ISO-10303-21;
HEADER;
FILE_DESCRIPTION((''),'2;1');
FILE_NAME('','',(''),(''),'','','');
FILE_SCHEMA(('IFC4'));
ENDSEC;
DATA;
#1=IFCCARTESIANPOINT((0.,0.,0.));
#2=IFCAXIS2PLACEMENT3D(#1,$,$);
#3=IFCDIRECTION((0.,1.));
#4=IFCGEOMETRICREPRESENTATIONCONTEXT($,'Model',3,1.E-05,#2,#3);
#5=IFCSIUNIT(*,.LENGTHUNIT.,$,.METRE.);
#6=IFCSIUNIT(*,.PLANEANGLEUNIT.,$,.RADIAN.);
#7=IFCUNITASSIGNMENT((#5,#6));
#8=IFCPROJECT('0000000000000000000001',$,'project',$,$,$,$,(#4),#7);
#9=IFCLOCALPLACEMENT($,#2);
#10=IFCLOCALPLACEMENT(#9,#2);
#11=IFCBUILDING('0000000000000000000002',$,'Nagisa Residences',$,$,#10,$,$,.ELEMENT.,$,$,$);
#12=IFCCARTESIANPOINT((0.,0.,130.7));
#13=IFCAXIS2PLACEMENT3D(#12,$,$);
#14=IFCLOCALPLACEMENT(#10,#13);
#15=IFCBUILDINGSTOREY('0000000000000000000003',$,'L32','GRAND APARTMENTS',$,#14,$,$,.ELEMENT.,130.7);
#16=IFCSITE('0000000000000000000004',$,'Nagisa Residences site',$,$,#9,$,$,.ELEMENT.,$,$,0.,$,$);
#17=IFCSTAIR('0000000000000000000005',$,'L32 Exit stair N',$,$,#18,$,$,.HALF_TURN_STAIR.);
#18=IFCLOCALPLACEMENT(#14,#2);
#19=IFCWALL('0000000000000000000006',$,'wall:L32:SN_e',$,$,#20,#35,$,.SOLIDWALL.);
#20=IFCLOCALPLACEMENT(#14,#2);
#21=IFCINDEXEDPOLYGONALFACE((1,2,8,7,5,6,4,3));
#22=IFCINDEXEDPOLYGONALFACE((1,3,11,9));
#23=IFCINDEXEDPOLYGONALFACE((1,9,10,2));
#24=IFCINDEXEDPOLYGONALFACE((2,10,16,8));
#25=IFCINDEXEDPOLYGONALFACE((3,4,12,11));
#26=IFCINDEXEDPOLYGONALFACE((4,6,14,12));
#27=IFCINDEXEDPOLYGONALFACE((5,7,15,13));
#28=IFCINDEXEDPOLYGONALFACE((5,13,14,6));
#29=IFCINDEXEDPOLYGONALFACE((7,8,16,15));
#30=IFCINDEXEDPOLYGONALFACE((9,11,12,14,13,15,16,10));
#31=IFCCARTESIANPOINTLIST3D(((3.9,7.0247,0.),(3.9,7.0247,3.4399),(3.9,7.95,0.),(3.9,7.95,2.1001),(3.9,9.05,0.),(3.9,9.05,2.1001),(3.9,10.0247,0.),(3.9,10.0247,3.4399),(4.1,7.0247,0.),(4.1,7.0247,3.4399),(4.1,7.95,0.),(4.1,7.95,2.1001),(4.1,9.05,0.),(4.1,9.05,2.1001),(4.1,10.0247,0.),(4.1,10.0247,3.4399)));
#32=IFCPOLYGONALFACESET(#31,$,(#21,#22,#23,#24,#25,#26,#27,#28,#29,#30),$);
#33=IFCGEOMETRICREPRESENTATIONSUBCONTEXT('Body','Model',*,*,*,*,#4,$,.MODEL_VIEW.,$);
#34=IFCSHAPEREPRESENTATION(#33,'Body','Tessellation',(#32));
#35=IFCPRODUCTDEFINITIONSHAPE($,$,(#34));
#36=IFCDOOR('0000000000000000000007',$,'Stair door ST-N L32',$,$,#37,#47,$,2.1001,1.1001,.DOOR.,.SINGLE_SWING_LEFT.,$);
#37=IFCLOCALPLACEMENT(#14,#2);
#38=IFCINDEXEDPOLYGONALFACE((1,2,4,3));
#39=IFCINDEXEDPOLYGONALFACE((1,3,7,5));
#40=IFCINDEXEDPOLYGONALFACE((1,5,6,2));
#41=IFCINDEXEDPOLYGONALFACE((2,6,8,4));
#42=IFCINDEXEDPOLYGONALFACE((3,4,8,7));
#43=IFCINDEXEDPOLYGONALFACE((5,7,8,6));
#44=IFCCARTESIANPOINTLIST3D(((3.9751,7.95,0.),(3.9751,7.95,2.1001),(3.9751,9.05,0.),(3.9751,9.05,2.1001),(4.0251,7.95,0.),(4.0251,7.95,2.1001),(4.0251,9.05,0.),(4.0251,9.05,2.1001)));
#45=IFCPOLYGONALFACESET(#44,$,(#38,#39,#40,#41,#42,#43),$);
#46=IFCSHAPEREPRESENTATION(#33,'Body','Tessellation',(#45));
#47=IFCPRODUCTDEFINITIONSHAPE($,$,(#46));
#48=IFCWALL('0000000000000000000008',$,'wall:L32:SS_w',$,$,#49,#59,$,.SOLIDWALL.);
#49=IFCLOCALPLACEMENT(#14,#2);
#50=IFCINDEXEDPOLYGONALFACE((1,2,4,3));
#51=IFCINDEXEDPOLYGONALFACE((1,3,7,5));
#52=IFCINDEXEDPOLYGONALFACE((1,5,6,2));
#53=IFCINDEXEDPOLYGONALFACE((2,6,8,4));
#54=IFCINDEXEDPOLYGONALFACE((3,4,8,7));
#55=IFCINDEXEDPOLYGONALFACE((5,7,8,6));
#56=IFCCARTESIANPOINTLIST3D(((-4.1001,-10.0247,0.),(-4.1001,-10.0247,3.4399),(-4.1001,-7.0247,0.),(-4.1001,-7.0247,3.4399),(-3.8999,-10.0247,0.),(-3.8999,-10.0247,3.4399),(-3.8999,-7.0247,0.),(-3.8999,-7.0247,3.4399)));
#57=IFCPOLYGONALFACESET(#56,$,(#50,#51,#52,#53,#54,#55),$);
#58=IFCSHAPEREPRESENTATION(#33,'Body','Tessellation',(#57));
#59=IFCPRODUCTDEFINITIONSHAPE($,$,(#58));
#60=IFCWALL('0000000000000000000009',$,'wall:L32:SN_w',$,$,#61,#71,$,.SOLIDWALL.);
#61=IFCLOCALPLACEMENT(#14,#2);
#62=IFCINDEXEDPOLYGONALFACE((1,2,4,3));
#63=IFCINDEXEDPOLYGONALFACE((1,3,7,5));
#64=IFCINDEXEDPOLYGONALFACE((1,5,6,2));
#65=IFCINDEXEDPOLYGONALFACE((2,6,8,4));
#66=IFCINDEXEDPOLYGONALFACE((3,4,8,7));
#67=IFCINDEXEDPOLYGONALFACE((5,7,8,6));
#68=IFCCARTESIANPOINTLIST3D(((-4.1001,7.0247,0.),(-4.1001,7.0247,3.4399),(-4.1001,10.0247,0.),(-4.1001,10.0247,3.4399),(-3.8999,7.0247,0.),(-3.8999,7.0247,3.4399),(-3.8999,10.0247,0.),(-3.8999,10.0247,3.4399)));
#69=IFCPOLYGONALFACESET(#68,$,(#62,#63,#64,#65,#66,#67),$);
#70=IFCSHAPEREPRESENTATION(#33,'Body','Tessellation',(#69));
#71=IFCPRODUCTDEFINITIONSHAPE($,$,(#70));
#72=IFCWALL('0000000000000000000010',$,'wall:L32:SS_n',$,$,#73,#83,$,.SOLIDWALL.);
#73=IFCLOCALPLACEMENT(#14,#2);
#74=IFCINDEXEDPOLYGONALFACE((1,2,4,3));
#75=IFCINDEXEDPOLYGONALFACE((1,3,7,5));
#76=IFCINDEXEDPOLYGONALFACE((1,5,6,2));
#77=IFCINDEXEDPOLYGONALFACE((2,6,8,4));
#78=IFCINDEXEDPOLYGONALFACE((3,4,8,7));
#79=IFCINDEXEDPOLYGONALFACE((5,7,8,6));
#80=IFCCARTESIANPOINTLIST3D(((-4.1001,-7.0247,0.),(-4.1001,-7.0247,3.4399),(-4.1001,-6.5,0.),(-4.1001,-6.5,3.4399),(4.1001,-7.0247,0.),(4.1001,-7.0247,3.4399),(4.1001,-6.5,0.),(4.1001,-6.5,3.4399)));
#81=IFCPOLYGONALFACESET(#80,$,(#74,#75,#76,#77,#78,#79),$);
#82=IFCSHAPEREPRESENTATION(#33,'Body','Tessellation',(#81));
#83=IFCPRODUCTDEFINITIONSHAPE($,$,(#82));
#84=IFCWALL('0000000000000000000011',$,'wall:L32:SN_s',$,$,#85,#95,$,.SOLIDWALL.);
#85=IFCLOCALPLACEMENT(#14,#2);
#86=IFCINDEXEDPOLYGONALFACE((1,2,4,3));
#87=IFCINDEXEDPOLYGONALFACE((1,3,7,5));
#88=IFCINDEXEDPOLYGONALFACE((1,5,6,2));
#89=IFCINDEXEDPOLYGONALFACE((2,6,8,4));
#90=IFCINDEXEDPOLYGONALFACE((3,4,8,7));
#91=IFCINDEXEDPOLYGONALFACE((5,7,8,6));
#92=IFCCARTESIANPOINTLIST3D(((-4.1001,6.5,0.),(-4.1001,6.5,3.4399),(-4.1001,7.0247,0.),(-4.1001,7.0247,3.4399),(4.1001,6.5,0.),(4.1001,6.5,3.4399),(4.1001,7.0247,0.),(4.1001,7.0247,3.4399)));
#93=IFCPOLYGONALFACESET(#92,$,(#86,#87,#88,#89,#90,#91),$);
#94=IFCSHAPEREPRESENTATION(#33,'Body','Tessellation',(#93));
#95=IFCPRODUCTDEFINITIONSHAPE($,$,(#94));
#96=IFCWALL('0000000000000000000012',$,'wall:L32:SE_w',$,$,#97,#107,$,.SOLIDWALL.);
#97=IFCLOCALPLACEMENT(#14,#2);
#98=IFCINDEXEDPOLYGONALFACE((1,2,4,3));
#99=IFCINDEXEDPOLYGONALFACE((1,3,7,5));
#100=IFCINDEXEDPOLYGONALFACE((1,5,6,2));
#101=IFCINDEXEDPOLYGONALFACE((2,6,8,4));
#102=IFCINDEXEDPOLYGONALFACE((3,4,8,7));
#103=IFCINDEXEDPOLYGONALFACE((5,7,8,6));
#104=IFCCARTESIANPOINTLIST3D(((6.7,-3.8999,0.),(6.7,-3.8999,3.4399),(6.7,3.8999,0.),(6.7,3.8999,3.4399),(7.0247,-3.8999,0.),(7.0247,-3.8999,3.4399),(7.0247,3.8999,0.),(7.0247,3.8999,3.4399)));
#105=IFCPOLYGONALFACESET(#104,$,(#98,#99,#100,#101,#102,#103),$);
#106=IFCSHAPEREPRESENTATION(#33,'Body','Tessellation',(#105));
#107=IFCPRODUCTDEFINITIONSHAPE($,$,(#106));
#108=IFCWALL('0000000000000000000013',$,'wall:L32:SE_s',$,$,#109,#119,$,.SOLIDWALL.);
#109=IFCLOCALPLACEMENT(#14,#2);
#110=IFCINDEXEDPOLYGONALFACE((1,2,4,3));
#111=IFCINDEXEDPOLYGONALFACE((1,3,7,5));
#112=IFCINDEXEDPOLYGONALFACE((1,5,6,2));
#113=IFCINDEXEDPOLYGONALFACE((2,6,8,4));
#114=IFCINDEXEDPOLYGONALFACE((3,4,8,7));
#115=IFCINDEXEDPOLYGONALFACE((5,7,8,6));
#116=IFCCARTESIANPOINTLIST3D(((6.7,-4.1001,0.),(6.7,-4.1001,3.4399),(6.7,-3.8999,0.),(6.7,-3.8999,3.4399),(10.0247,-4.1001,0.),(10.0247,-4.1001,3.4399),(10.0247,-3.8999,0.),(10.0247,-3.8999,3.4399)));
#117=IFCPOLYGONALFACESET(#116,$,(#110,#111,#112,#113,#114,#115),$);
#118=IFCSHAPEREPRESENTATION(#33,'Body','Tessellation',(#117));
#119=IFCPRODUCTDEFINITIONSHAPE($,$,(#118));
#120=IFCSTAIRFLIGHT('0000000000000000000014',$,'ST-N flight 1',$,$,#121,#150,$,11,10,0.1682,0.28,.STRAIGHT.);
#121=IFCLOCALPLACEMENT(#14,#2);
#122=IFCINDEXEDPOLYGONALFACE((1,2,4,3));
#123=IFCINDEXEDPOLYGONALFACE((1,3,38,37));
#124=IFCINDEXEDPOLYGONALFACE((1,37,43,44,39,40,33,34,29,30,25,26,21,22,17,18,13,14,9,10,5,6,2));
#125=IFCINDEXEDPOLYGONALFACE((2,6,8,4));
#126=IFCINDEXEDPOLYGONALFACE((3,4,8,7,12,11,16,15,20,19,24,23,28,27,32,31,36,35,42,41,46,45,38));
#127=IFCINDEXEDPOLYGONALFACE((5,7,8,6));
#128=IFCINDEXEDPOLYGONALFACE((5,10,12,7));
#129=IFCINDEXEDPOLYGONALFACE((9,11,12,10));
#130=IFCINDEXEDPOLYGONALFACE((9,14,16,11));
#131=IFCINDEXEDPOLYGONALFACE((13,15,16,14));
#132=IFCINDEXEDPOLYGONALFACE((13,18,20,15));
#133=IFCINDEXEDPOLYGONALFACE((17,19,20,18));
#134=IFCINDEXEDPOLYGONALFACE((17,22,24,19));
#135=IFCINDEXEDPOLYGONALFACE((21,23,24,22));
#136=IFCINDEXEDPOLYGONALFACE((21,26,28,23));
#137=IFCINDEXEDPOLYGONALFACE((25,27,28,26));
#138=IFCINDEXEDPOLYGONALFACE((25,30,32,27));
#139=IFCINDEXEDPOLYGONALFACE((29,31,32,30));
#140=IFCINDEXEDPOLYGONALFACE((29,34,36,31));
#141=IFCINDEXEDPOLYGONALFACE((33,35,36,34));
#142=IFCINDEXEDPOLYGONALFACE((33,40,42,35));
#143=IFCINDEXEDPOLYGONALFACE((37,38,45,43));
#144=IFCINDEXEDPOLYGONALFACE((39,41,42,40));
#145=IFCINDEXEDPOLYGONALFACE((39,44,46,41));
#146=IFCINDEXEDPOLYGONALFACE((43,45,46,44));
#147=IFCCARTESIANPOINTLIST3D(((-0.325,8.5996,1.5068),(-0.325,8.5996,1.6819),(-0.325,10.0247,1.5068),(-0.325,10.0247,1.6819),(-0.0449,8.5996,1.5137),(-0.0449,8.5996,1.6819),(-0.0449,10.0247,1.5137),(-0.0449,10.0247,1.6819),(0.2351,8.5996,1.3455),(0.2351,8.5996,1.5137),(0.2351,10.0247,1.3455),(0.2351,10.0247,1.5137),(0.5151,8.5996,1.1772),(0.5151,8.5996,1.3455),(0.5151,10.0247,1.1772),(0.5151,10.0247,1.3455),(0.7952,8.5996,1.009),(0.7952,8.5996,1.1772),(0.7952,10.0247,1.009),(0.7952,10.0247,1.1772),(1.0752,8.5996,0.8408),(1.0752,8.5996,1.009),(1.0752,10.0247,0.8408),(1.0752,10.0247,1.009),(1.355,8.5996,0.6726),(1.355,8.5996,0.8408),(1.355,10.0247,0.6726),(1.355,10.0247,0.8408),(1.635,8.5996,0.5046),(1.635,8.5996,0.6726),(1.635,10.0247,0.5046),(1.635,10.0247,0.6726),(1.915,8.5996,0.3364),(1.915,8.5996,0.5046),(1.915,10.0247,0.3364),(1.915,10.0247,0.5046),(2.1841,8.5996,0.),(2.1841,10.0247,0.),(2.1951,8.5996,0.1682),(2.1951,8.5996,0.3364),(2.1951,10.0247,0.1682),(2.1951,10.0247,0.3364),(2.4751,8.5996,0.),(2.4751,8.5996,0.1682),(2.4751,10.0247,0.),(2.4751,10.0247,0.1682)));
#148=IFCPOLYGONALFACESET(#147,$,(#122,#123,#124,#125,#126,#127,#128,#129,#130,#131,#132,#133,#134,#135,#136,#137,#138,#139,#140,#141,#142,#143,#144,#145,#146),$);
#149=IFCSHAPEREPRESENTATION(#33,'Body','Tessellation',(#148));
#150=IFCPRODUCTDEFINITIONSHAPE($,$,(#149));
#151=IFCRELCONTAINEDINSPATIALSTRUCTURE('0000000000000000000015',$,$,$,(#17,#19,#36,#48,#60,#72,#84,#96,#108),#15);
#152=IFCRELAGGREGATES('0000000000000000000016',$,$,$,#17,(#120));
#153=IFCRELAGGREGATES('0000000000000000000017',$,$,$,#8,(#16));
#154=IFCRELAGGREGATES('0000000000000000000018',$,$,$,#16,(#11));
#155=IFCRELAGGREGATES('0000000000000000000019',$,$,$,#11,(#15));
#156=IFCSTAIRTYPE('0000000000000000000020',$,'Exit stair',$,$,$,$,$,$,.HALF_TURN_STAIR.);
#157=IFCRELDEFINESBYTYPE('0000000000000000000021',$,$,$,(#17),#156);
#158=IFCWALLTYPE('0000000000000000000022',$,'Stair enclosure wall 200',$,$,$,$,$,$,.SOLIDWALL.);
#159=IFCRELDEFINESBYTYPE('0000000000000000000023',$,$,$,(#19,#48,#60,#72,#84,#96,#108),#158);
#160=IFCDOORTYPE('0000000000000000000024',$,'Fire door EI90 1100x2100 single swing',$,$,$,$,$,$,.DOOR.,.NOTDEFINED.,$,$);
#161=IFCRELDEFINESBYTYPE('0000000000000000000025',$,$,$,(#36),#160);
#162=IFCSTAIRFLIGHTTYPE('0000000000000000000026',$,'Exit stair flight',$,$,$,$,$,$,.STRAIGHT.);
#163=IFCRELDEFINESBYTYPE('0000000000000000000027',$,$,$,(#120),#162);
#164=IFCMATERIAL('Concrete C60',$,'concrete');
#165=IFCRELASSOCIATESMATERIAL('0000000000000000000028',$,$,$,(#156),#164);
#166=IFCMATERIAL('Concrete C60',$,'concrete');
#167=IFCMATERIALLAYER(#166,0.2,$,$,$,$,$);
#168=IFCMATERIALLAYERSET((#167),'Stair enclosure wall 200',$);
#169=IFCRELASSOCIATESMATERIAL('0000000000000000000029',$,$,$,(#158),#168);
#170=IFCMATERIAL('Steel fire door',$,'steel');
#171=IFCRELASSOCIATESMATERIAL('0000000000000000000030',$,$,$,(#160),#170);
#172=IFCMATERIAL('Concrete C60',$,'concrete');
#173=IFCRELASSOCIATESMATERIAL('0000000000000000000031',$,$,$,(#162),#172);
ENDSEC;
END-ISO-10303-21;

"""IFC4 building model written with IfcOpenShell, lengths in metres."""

from ifc_helpers import new_model, si_unit, direction, frame, frame_2d, origin, place, context, subcontext, project, spatial, polyline, rectangle, outline, extrude, material, layer, layer_set, type_object, element, fill, aggregate, save


model = new_model("IFC4")

# Units and contexts
model_context = context("Model", 3, precision=1e-05, world=origin(), true_north=direction((0.0, 1.0)))
body_context = subcontext(model_context, "Body", "Model", "MODEL_VIEW")
ifc_project = project(units=[si_unit("LENGTHUNIT", "METRE"), si_unit("PLANEANGLEUNIT", "RADIAN")], contexts=[model_context])

# Site, building, storey
site_placement = place(None, origin())
site = spatial("IfcSite", under=ifc_project, at=site_placement, Name="Nagisa Residences site", CompositionType="ELEMENT", RefElevation=0.0)
building_placement = place(site_placement, origin())
building = spatial("IfcBuilding", under=site, at=building_placement, Name="Nagisa Residences", CompositionType="ELEMENT")
storey_placement = place(building_placement, frame((0.0, 0.0, 130.7)))
storey = spatial("IfcBuildingStorey", under=building, at=storey_placement, Name="L32", Description="GRAND APARTMENTS", CompositionType="ELEMENT", Elevation=130.7)

# Stair
ifc_material_1 = material(Name="Concrete C60", Category="concrete")
stair_type = type_object("IfcStairType", Name="Exit stair", PredefinedType="HALF_TURN_STAIR", material=ifc_material_1)
stair_1_placement = place(storey_placement, origin())
stair_1 = element("IfcStair", 1, at=stair_1_placement, inside=storey, type_object=stair_type, Name="L32 Exit stair N", PredefinedType="HALF_TURN_STAIR")

# Wall, opening, door
ifc_material_2 = material(Name="Concrete C60", Category="concrete")
ifc_layer_1 = layer(ifc_material_2, 0.2)
ifc_layer_set_1 = layer_set([ifc_layer_1], Name="Stair enclosure wall 200")
wall_type_1 = type_object("IfcWallType", Name="Stair enclosure wall 200", PredefinedType="SOLIDWALL", material=ifc_layer_set_1)
ifc_material_3 = material(Name="Steel fire door", Category="steel")
door_type_1 = type_object("IfcDoorType", Name="Fire door EI90 1100x2100 single swing", OperationType="NOTDEFINED", PredefinedType="DOOR", material=ifc_material_3)
wall_1_placement = place(storey_placement, frame((4.0, 7.0247, 0.0), z_axis=(0.0, 0.0, 1.0), x_axis=(0.0, 1.0, 0.0)))
wall_1 = element("IfcWall", 2, at=wall_1_placement, inside=storey, type_object=wall_type_1, Name="wall:L32:SN_e", PredefinedType="SOLIDWALL", context=body_context, shape_type="SweptSolid", body=[
    extrude(rectangle(XDim=3.0, YDim=0.2, at=frame_2d((1.5, 0.0))), origin(), (0.0, 0.0, 1.0), 3.4399),
])
opening_1_placement = place(wall_1_placement, frame((0.9253, 0.0, 0.0)))
opening_1 = element("IfcOpeningElement", 3, at=opening_1_placement, cuts=wall_1, PredefinedType="OPENING", context=body_context, shape_type="SweptSolid", body=[
    extrude(rectangle(XDim=1.1001, YDim=2.1001, at=frame_2d((0.55, 1.05))), frame((0.0, 0.1099, 0.0), z_axis=(0.0, -1.0, 0.0), x_axis=(1.0, 0.0, 0.0)), (0.0, 0.0, 1.0), 0.22),
])
door_1_placement = place(opening_1_placement, origin())
door_1 = element("IfcDoor", 4, at=door_1_placement, inside=storey, type_object=door_type_1, Name="Stair door ST-N L32", OperationType="SINGLE_SWING_LEFT", OverallHeight=2.1001, OverallWidth=1.1001, PredefinedType="DOOR", context=body_context, shape_type="SweptSolid", body=[
    extrude(rectangle(XDim=1.1001, YDim=2.1001, at=frame_2d((0.55, 1.05))), frame((0.0, 0.0249, 0.0), z_axis=(0.0, -1.0, 0.0), x_axis=(1.0, 0.0, 0.0)), (0.0, 0.0, 1.0), 0.05),
])
fill(opening_1, door_1)

# Walls
wall_2_placement = place(storey_placement, origin())
element("IfcWall", 5, at=wall_2_placement, inside=storey, type_object=wall_type_1, Name="wall:L32:SS_w", PredefinedType="SOLIDWALL", context=body_context, shape_type="SweptSolid", body=[
    extrude(outline(polyline([(-3.8999, -10.0247), (-4.1001, -10.0247), (-4.1001, -7.0247), (-3.8999, -7.0247), (-3.8999, -10.0247)])), origin(), (0.0, 0.0, 1.0), 3.4399),
])
wall_3_placement = place(storey_placement, origin())
element("IfcWall", 6, at=wall_3_placement, inside=storey, type_object=wall_type_1, Name="wall:L32:SN_w", PredefinedType="SOLIDWALL", context=body_context, shape_type="SweptSolid", body=[
    extrude(outline(polyline([(-3.8999, 7.0247), (-4.1001, 7.0247), (-4.1001, 10.0247), (-3.8999, 10.0247), (-3.8999, 7.0247)])), origin(), (0.0, 0.0, 1.0), 3.4399),
])
wall_4_placement = place(storey_placement, origin())
element("IfcWall", 7, at=wall_4_placement, inside=storey, type_object=wall_type_1, Name="wall:L32:SS_n", PredefinedType="SOLIDWALL", context=body_context, shape_type="SweptSolid", body=[
    extrude(outline(polyline([(4.1001, -7.0247), (-4.1001, -7.0247), (-4.1001, -6.5), (4.1001, -6.5), (4.1001, -7.0247)])), origin(), (0.0, 0.0, 1.0), 3.4399),
])
wall_5_placement = place(storey_placement, origin())
element("IfcWall", 8, at=wall_5_placement, inside=storey, type_object=wall_type_1, Name="wall:L32:SN_s", PredefinedType="SOLIDWALL", context=body_context, shape_type="SweptSolid", body=[
    extrude(outline(polyline([(4.1001, 6.5), (-4.1001, 6.5), (-4.1001, 7.0247), (4.1001, 7.0247), (4.1001, 6.5)])), origin(), (0.0, 0.0, 1.0), 3.4399),
])
wall_6_placement = place(storey_placement, origin())
element("IfcWall", 9, at=wall_6_placement, inside=storey, type_object=wall_type_1, Name="wall:L32:SE_w", PredefinedType="SOLIDWALL", context=body_context, shape_type="SweptSolid", body=[
    extrude(outline(polyline([(7.0247, -3.8999), (6.7, -3.8999), (6.7, 3.8999), (7.0247, 3.8999), (7.0247, -3.8999)])), origin(), (0.0, 0.0, 1.0), 3.4399),
])
wall_7_placement = place(storey_placement, origin())
element("IfcWall", 10, at=wall_7_placement, inside=storey, type_object=wall_type_1, Name="wall:L32:SE_s", PredefinedType="SOLIDWALL", context=body_context, shape_type="SweptSolid", body=[
    extrude(outline(polyline([(10.0247, -4.1001), (6.7, -4.1001), (6.7, -3.8999), (10.0247, -3.8999), (10.0247, -4.1001)])), origin(), (0.0, 0.0, 1.0), 3.4399),
])

# Stair flight
ifc_material_4 = material(Name="Concrete C60", Category="concrete")
stair_flight_type = type_object("IfcStairFlightType", Name="Exit stair flight", PredefinedType="STRAIGHT", material=ifc_material_4)
stair_flight_placement = place(storey_placement, frame((2.4751, 9.312, 0.0), z_axis=(0.0, 0.0, 1.0), x_axis=(-1.0, 0.0, 0.0)))
stair_flight = element("IfcStairFlight", 11, at=stair_flight_placement, type_object=stair_flight_type, Name="ST-N flight 1", NumberOfRisers=11, NumberOfTreads=10, PredefinedType="STRAIGHT", RiserHeight=0.1682, TreadLength=0.28, context=body_context, shape_type="SweptSolid", body=[
    extrude(outline(polyline([(0.0, 0.0), (0.0, 0.1682), (0.28, 0.1682), (0.28, 0.3364), (0.5601, 0.3364), (0.5601, 0.5046), (0.8401, 0.5046), (0.8401, 0.6726), (1.1201, 0.6726), (1.1201, 0.8408), (1.3999, 0.8408), (1.3999, 1.009), (1.6799, 1.009), (1.6799, 1.1772), (1.96, 1.1772), (1.96, 1.3455), (2.24, 1.3455), (2.24, 1.5137), (2.52, 1.5137), (2.52, 1.6819), (2.8, 1.6819), (2.8, 1.8501), (2.8, 1.5068), (0.291, 0.0), (0.0, 0.0)])), frame((0.0, 0.7124, 0.0), z_axis=(0.0, -1.0, 0.0), x_axis=(1.0, 0.0, 0.0)), (0.0, 0.0, 1.0), 1.425),
])
aggregate(stair_1, [stair_flight])

save(model, "model.ifc")
